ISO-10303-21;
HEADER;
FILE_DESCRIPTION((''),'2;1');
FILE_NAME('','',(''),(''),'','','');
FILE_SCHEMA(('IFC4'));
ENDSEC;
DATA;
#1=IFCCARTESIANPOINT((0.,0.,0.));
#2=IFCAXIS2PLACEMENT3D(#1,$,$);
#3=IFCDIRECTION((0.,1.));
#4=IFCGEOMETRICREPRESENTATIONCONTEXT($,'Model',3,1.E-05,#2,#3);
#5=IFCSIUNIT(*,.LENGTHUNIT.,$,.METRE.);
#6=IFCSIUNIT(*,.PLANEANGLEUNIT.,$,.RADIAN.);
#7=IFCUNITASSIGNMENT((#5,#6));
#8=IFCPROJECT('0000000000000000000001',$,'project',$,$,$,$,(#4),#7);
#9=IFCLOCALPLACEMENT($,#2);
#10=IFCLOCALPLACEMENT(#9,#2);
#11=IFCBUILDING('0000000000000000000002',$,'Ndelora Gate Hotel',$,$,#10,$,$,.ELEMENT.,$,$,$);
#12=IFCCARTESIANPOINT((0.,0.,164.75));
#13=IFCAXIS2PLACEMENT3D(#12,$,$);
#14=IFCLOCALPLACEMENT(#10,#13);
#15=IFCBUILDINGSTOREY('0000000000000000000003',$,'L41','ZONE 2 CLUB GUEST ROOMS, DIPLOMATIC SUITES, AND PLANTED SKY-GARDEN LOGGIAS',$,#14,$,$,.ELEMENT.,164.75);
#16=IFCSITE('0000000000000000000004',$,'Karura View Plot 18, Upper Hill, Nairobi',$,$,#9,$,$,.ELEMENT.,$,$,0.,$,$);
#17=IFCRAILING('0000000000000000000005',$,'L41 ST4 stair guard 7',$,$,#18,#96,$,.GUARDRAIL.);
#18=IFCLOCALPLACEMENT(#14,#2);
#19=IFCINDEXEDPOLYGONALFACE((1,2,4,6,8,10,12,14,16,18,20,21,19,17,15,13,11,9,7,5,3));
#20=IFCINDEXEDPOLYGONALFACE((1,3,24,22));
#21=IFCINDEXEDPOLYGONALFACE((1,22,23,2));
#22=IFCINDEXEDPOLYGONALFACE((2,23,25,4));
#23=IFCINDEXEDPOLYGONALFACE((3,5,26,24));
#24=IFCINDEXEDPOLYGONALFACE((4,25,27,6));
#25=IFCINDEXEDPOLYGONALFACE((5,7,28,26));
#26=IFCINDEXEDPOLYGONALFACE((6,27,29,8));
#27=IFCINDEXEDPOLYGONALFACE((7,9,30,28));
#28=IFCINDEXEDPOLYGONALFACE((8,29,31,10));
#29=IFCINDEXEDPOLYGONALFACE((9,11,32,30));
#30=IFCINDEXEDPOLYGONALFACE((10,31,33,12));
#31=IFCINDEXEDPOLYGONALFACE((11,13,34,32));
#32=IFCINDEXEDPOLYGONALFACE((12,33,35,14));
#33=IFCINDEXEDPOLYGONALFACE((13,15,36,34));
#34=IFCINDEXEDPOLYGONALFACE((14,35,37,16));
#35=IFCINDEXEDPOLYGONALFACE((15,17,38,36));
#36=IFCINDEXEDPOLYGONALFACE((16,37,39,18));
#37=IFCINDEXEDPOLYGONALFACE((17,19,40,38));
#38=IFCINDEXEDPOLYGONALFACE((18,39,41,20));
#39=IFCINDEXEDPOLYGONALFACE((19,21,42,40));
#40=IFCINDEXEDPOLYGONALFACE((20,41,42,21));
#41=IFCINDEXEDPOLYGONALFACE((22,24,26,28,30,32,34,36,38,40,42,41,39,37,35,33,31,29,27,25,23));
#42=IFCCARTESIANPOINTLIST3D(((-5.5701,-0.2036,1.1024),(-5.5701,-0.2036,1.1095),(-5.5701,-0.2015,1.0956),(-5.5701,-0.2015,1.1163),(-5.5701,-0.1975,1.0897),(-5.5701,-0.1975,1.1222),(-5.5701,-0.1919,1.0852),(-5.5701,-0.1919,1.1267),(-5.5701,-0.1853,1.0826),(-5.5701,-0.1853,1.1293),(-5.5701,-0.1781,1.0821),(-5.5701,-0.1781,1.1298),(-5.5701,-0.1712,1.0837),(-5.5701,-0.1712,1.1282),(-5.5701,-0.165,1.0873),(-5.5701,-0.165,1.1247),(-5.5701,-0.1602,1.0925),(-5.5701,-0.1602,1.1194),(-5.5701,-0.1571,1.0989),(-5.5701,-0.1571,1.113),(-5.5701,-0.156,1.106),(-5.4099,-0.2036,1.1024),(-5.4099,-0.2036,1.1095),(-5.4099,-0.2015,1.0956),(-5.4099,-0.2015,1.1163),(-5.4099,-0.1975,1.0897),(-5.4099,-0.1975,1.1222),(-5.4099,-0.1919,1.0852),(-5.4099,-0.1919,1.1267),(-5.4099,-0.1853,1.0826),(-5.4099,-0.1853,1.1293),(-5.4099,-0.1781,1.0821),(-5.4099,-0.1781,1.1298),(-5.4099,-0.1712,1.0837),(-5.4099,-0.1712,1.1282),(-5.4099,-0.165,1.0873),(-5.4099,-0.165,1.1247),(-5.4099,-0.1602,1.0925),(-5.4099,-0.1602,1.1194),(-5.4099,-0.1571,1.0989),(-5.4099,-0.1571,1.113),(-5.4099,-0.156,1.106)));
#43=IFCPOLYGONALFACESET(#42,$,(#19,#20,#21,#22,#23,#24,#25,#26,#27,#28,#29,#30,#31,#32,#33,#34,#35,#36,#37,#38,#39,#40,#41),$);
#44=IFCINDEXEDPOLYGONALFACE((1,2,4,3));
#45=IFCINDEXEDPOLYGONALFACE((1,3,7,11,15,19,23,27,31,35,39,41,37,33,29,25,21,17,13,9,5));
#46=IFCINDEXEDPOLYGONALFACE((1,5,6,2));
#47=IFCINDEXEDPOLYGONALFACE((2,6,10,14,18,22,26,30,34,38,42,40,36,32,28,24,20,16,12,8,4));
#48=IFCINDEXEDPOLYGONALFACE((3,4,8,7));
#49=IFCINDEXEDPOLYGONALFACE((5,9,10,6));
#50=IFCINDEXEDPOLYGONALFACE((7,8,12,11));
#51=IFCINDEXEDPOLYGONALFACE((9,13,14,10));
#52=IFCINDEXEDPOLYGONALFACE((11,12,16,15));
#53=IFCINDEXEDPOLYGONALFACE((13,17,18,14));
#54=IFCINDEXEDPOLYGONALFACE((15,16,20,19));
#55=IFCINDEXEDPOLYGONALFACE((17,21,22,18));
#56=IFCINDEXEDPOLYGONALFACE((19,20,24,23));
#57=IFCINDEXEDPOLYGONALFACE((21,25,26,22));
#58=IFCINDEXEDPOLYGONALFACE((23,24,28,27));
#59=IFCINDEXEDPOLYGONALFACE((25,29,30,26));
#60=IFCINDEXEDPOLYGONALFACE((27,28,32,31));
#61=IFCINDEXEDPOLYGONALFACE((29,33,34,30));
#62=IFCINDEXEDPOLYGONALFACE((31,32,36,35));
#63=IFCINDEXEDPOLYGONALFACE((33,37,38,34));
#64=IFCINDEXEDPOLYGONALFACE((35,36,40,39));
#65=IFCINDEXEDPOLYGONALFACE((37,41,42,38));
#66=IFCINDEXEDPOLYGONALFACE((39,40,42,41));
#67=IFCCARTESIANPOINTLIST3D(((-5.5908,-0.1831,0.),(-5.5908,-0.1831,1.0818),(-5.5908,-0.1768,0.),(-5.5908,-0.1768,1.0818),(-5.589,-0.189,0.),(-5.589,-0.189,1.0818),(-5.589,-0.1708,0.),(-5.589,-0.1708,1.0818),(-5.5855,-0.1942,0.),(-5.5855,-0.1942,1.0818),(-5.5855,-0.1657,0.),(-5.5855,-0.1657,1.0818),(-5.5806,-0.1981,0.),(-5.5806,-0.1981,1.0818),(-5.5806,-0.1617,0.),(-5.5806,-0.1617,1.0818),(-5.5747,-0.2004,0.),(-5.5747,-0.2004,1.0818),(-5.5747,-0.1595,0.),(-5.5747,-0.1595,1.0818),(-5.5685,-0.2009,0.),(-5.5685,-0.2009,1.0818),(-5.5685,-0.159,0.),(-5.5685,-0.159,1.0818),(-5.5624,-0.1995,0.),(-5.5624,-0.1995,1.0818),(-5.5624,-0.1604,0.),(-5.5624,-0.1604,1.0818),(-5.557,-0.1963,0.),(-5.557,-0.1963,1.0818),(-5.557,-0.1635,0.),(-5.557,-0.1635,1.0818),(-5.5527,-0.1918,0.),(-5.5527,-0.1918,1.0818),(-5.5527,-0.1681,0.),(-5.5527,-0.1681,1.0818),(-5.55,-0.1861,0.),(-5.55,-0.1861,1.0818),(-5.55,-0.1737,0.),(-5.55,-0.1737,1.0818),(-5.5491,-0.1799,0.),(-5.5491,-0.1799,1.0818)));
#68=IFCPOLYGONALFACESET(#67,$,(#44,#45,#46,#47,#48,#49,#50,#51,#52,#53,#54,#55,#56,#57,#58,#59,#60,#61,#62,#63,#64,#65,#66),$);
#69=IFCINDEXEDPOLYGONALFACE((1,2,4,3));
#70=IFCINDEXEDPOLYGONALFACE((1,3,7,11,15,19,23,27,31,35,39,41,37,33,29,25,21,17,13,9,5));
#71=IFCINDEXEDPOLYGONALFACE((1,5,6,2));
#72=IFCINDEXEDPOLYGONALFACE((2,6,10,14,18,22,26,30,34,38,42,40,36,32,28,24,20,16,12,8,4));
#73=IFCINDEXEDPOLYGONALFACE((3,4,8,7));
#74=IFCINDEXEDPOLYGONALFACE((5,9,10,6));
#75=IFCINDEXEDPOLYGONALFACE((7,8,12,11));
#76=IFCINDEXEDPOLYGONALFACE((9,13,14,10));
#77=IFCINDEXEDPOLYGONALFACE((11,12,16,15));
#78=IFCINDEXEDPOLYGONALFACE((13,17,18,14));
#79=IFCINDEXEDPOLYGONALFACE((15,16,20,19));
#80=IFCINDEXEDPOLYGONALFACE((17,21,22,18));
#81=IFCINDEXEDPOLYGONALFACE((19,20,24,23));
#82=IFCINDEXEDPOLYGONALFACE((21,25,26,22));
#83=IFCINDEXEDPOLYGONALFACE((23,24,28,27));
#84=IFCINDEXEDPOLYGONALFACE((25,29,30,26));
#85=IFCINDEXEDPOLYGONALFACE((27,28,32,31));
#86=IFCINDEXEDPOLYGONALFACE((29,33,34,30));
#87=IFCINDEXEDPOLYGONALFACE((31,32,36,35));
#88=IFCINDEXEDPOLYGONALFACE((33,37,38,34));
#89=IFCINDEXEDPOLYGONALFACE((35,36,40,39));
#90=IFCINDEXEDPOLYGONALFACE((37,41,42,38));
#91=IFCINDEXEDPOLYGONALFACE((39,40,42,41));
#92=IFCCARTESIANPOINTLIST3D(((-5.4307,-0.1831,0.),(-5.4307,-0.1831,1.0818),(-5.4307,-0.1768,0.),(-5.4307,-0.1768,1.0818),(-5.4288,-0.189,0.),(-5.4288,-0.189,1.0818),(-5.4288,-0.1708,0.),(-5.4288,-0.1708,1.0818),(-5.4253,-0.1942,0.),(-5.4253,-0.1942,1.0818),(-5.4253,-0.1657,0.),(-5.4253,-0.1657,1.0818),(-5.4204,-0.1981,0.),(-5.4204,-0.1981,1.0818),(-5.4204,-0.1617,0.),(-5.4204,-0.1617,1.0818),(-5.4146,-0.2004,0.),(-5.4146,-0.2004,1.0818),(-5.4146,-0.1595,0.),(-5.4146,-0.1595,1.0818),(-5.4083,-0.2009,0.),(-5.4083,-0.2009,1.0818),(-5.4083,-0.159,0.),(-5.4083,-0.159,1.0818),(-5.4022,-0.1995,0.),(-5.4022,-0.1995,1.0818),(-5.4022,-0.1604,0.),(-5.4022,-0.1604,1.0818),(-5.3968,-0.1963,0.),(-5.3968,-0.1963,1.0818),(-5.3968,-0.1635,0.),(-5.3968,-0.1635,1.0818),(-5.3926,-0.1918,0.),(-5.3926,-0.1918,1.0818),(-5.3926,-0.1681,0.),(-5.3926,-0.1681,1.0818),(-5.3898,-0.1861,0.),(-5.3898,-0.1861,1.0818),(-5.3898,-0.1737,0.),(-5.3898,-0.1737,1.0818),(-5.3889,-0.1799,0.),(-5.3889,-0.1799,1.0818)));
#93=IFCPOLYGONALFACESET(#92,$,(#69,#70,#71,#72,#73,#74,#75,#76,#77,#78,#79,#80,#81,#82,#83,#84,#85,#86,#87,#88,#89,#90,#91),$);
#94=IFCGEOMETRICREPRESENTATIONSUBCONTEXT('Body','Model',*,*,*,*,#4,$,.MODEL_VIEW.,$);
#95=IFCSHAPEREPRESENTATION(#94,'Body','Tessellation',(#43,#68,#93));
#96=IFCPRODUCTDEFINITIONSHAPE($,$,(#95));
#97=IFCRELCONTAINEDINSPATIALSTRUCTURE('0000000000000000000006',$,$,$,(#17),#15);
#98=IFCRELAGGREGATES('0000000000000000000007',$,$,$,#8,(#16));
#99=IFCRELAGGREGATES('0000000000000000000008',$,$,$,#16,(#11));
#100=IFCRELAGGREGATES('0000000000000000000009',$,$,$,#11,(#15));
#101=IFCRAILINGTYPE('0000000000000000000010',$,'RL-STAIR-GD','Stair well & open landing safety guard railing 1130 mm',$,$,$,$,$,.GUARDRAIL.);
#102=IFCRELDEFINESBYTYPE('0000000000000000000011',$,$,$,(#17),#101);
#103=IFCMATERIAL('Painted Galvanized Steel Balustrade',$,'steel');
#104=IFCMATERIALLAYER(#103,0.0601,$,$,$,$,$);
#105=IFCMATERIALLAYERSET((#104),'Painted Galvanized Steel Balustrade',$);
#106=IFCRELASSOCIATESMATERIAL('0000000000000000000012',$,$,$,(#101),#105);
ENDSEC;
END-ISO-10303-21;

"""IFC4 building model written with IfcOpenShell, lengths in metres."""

from ifc_helpers import new_model, si_unit, direction, frame, origin, origin_2d, place, context, subcontext, project, spatial, circle, extrude, material, layer, layer_set, type_object, element, save


model = new_model("IFC4")

# Units and contexts
model_context = context("Model", 3, precision=1e-05, world=origin(), true_north=direction((0.0, 1.0)))
body_context = subcontext(model_context, "Body", "Model", "MODEL_VIEW")
ifc_project = project(units=[si_unit("LENGTHUNIT", "METRE"), si_unit("PLANEANGLEUNIT", "RADIAN")], contexts=[model_context])

# Site, building, storey
site_placement = place(None, origin())
site = spatial("IfcSite", under=ifc_project, at=site_placement, Name="Karura View Plot 18, Upper Hill, Nairobi", CompositionType="ELEMENT", RefElevation=0.0)
building_placement = place(site_placement, origin())
building = spatial("IfcBuilding", under=site, at=building_placement, Name="Ndelora Gate Hotel", CompositionType="ELEMENT")
storey_placement = place(building_placement, frame((0.0, 0.0, 164.75)))
storey = spatial("IfcBuildingStorey", under=building, at=storey_placement, Name="L41", Description="ZONE 2 CLUB GUEST ROOMS, DIPLOMATIC SUITES, AND PLANTED SKY-GARDEN LOGGIAS", CompositionType="ELEMENT", Elevation=164.75)

# Railing
ifc_material_1 = material(Name="Painted Galvanized Steel Balustrade", Category="steel")
ifc_layer_1 = layer(ifc_material_1, 0.0601)
ifc_layer_set_1 = layer_set([ifc_layer_1], Name="Painted Galvanized Steel Balustrade")
railing_type_1 = type_object("IfcRailingType", Name="RL-STAIR-GD", Description="Stair well & open landing safety guard railing 1130 mm", PredefinedType="GUARDRAIL", material=ifc_layer_set_1)
railing_1_placement = place(storey_placement, frame((-5.5701, -0.1799, 0.0)))
element("IfcRailing", 1, at=railing_1_placement, inside=storey, type_object=railing_type_1, Name="L41 ST4 stair guard 7", PredefinedType="GUARDRAIL", context=body_context, shape_type="SweptSolid", body=[
    extrude(circle(Radius=0.0239, at=origin_2d()), frame((0.0, 0.0, 1.106), z_axis=(1.0, 0.0, 0.0), x_axis=(0.0, 1.0, 0.0)), (0.0, 0.0, 1.0), 0.1602),
    extrude(circle(Radius=0.021, at=origin_2d()), origin(), (0.0, 0.0, 1.0), 1.0818),
    extrude(circle(Radius=0.021, at=origin_2d()), frame((0.1602, 0.0, 0.0)), (0.0, 0.0, 1.0), 1.0818),
])

save(model, "model.ifc")
